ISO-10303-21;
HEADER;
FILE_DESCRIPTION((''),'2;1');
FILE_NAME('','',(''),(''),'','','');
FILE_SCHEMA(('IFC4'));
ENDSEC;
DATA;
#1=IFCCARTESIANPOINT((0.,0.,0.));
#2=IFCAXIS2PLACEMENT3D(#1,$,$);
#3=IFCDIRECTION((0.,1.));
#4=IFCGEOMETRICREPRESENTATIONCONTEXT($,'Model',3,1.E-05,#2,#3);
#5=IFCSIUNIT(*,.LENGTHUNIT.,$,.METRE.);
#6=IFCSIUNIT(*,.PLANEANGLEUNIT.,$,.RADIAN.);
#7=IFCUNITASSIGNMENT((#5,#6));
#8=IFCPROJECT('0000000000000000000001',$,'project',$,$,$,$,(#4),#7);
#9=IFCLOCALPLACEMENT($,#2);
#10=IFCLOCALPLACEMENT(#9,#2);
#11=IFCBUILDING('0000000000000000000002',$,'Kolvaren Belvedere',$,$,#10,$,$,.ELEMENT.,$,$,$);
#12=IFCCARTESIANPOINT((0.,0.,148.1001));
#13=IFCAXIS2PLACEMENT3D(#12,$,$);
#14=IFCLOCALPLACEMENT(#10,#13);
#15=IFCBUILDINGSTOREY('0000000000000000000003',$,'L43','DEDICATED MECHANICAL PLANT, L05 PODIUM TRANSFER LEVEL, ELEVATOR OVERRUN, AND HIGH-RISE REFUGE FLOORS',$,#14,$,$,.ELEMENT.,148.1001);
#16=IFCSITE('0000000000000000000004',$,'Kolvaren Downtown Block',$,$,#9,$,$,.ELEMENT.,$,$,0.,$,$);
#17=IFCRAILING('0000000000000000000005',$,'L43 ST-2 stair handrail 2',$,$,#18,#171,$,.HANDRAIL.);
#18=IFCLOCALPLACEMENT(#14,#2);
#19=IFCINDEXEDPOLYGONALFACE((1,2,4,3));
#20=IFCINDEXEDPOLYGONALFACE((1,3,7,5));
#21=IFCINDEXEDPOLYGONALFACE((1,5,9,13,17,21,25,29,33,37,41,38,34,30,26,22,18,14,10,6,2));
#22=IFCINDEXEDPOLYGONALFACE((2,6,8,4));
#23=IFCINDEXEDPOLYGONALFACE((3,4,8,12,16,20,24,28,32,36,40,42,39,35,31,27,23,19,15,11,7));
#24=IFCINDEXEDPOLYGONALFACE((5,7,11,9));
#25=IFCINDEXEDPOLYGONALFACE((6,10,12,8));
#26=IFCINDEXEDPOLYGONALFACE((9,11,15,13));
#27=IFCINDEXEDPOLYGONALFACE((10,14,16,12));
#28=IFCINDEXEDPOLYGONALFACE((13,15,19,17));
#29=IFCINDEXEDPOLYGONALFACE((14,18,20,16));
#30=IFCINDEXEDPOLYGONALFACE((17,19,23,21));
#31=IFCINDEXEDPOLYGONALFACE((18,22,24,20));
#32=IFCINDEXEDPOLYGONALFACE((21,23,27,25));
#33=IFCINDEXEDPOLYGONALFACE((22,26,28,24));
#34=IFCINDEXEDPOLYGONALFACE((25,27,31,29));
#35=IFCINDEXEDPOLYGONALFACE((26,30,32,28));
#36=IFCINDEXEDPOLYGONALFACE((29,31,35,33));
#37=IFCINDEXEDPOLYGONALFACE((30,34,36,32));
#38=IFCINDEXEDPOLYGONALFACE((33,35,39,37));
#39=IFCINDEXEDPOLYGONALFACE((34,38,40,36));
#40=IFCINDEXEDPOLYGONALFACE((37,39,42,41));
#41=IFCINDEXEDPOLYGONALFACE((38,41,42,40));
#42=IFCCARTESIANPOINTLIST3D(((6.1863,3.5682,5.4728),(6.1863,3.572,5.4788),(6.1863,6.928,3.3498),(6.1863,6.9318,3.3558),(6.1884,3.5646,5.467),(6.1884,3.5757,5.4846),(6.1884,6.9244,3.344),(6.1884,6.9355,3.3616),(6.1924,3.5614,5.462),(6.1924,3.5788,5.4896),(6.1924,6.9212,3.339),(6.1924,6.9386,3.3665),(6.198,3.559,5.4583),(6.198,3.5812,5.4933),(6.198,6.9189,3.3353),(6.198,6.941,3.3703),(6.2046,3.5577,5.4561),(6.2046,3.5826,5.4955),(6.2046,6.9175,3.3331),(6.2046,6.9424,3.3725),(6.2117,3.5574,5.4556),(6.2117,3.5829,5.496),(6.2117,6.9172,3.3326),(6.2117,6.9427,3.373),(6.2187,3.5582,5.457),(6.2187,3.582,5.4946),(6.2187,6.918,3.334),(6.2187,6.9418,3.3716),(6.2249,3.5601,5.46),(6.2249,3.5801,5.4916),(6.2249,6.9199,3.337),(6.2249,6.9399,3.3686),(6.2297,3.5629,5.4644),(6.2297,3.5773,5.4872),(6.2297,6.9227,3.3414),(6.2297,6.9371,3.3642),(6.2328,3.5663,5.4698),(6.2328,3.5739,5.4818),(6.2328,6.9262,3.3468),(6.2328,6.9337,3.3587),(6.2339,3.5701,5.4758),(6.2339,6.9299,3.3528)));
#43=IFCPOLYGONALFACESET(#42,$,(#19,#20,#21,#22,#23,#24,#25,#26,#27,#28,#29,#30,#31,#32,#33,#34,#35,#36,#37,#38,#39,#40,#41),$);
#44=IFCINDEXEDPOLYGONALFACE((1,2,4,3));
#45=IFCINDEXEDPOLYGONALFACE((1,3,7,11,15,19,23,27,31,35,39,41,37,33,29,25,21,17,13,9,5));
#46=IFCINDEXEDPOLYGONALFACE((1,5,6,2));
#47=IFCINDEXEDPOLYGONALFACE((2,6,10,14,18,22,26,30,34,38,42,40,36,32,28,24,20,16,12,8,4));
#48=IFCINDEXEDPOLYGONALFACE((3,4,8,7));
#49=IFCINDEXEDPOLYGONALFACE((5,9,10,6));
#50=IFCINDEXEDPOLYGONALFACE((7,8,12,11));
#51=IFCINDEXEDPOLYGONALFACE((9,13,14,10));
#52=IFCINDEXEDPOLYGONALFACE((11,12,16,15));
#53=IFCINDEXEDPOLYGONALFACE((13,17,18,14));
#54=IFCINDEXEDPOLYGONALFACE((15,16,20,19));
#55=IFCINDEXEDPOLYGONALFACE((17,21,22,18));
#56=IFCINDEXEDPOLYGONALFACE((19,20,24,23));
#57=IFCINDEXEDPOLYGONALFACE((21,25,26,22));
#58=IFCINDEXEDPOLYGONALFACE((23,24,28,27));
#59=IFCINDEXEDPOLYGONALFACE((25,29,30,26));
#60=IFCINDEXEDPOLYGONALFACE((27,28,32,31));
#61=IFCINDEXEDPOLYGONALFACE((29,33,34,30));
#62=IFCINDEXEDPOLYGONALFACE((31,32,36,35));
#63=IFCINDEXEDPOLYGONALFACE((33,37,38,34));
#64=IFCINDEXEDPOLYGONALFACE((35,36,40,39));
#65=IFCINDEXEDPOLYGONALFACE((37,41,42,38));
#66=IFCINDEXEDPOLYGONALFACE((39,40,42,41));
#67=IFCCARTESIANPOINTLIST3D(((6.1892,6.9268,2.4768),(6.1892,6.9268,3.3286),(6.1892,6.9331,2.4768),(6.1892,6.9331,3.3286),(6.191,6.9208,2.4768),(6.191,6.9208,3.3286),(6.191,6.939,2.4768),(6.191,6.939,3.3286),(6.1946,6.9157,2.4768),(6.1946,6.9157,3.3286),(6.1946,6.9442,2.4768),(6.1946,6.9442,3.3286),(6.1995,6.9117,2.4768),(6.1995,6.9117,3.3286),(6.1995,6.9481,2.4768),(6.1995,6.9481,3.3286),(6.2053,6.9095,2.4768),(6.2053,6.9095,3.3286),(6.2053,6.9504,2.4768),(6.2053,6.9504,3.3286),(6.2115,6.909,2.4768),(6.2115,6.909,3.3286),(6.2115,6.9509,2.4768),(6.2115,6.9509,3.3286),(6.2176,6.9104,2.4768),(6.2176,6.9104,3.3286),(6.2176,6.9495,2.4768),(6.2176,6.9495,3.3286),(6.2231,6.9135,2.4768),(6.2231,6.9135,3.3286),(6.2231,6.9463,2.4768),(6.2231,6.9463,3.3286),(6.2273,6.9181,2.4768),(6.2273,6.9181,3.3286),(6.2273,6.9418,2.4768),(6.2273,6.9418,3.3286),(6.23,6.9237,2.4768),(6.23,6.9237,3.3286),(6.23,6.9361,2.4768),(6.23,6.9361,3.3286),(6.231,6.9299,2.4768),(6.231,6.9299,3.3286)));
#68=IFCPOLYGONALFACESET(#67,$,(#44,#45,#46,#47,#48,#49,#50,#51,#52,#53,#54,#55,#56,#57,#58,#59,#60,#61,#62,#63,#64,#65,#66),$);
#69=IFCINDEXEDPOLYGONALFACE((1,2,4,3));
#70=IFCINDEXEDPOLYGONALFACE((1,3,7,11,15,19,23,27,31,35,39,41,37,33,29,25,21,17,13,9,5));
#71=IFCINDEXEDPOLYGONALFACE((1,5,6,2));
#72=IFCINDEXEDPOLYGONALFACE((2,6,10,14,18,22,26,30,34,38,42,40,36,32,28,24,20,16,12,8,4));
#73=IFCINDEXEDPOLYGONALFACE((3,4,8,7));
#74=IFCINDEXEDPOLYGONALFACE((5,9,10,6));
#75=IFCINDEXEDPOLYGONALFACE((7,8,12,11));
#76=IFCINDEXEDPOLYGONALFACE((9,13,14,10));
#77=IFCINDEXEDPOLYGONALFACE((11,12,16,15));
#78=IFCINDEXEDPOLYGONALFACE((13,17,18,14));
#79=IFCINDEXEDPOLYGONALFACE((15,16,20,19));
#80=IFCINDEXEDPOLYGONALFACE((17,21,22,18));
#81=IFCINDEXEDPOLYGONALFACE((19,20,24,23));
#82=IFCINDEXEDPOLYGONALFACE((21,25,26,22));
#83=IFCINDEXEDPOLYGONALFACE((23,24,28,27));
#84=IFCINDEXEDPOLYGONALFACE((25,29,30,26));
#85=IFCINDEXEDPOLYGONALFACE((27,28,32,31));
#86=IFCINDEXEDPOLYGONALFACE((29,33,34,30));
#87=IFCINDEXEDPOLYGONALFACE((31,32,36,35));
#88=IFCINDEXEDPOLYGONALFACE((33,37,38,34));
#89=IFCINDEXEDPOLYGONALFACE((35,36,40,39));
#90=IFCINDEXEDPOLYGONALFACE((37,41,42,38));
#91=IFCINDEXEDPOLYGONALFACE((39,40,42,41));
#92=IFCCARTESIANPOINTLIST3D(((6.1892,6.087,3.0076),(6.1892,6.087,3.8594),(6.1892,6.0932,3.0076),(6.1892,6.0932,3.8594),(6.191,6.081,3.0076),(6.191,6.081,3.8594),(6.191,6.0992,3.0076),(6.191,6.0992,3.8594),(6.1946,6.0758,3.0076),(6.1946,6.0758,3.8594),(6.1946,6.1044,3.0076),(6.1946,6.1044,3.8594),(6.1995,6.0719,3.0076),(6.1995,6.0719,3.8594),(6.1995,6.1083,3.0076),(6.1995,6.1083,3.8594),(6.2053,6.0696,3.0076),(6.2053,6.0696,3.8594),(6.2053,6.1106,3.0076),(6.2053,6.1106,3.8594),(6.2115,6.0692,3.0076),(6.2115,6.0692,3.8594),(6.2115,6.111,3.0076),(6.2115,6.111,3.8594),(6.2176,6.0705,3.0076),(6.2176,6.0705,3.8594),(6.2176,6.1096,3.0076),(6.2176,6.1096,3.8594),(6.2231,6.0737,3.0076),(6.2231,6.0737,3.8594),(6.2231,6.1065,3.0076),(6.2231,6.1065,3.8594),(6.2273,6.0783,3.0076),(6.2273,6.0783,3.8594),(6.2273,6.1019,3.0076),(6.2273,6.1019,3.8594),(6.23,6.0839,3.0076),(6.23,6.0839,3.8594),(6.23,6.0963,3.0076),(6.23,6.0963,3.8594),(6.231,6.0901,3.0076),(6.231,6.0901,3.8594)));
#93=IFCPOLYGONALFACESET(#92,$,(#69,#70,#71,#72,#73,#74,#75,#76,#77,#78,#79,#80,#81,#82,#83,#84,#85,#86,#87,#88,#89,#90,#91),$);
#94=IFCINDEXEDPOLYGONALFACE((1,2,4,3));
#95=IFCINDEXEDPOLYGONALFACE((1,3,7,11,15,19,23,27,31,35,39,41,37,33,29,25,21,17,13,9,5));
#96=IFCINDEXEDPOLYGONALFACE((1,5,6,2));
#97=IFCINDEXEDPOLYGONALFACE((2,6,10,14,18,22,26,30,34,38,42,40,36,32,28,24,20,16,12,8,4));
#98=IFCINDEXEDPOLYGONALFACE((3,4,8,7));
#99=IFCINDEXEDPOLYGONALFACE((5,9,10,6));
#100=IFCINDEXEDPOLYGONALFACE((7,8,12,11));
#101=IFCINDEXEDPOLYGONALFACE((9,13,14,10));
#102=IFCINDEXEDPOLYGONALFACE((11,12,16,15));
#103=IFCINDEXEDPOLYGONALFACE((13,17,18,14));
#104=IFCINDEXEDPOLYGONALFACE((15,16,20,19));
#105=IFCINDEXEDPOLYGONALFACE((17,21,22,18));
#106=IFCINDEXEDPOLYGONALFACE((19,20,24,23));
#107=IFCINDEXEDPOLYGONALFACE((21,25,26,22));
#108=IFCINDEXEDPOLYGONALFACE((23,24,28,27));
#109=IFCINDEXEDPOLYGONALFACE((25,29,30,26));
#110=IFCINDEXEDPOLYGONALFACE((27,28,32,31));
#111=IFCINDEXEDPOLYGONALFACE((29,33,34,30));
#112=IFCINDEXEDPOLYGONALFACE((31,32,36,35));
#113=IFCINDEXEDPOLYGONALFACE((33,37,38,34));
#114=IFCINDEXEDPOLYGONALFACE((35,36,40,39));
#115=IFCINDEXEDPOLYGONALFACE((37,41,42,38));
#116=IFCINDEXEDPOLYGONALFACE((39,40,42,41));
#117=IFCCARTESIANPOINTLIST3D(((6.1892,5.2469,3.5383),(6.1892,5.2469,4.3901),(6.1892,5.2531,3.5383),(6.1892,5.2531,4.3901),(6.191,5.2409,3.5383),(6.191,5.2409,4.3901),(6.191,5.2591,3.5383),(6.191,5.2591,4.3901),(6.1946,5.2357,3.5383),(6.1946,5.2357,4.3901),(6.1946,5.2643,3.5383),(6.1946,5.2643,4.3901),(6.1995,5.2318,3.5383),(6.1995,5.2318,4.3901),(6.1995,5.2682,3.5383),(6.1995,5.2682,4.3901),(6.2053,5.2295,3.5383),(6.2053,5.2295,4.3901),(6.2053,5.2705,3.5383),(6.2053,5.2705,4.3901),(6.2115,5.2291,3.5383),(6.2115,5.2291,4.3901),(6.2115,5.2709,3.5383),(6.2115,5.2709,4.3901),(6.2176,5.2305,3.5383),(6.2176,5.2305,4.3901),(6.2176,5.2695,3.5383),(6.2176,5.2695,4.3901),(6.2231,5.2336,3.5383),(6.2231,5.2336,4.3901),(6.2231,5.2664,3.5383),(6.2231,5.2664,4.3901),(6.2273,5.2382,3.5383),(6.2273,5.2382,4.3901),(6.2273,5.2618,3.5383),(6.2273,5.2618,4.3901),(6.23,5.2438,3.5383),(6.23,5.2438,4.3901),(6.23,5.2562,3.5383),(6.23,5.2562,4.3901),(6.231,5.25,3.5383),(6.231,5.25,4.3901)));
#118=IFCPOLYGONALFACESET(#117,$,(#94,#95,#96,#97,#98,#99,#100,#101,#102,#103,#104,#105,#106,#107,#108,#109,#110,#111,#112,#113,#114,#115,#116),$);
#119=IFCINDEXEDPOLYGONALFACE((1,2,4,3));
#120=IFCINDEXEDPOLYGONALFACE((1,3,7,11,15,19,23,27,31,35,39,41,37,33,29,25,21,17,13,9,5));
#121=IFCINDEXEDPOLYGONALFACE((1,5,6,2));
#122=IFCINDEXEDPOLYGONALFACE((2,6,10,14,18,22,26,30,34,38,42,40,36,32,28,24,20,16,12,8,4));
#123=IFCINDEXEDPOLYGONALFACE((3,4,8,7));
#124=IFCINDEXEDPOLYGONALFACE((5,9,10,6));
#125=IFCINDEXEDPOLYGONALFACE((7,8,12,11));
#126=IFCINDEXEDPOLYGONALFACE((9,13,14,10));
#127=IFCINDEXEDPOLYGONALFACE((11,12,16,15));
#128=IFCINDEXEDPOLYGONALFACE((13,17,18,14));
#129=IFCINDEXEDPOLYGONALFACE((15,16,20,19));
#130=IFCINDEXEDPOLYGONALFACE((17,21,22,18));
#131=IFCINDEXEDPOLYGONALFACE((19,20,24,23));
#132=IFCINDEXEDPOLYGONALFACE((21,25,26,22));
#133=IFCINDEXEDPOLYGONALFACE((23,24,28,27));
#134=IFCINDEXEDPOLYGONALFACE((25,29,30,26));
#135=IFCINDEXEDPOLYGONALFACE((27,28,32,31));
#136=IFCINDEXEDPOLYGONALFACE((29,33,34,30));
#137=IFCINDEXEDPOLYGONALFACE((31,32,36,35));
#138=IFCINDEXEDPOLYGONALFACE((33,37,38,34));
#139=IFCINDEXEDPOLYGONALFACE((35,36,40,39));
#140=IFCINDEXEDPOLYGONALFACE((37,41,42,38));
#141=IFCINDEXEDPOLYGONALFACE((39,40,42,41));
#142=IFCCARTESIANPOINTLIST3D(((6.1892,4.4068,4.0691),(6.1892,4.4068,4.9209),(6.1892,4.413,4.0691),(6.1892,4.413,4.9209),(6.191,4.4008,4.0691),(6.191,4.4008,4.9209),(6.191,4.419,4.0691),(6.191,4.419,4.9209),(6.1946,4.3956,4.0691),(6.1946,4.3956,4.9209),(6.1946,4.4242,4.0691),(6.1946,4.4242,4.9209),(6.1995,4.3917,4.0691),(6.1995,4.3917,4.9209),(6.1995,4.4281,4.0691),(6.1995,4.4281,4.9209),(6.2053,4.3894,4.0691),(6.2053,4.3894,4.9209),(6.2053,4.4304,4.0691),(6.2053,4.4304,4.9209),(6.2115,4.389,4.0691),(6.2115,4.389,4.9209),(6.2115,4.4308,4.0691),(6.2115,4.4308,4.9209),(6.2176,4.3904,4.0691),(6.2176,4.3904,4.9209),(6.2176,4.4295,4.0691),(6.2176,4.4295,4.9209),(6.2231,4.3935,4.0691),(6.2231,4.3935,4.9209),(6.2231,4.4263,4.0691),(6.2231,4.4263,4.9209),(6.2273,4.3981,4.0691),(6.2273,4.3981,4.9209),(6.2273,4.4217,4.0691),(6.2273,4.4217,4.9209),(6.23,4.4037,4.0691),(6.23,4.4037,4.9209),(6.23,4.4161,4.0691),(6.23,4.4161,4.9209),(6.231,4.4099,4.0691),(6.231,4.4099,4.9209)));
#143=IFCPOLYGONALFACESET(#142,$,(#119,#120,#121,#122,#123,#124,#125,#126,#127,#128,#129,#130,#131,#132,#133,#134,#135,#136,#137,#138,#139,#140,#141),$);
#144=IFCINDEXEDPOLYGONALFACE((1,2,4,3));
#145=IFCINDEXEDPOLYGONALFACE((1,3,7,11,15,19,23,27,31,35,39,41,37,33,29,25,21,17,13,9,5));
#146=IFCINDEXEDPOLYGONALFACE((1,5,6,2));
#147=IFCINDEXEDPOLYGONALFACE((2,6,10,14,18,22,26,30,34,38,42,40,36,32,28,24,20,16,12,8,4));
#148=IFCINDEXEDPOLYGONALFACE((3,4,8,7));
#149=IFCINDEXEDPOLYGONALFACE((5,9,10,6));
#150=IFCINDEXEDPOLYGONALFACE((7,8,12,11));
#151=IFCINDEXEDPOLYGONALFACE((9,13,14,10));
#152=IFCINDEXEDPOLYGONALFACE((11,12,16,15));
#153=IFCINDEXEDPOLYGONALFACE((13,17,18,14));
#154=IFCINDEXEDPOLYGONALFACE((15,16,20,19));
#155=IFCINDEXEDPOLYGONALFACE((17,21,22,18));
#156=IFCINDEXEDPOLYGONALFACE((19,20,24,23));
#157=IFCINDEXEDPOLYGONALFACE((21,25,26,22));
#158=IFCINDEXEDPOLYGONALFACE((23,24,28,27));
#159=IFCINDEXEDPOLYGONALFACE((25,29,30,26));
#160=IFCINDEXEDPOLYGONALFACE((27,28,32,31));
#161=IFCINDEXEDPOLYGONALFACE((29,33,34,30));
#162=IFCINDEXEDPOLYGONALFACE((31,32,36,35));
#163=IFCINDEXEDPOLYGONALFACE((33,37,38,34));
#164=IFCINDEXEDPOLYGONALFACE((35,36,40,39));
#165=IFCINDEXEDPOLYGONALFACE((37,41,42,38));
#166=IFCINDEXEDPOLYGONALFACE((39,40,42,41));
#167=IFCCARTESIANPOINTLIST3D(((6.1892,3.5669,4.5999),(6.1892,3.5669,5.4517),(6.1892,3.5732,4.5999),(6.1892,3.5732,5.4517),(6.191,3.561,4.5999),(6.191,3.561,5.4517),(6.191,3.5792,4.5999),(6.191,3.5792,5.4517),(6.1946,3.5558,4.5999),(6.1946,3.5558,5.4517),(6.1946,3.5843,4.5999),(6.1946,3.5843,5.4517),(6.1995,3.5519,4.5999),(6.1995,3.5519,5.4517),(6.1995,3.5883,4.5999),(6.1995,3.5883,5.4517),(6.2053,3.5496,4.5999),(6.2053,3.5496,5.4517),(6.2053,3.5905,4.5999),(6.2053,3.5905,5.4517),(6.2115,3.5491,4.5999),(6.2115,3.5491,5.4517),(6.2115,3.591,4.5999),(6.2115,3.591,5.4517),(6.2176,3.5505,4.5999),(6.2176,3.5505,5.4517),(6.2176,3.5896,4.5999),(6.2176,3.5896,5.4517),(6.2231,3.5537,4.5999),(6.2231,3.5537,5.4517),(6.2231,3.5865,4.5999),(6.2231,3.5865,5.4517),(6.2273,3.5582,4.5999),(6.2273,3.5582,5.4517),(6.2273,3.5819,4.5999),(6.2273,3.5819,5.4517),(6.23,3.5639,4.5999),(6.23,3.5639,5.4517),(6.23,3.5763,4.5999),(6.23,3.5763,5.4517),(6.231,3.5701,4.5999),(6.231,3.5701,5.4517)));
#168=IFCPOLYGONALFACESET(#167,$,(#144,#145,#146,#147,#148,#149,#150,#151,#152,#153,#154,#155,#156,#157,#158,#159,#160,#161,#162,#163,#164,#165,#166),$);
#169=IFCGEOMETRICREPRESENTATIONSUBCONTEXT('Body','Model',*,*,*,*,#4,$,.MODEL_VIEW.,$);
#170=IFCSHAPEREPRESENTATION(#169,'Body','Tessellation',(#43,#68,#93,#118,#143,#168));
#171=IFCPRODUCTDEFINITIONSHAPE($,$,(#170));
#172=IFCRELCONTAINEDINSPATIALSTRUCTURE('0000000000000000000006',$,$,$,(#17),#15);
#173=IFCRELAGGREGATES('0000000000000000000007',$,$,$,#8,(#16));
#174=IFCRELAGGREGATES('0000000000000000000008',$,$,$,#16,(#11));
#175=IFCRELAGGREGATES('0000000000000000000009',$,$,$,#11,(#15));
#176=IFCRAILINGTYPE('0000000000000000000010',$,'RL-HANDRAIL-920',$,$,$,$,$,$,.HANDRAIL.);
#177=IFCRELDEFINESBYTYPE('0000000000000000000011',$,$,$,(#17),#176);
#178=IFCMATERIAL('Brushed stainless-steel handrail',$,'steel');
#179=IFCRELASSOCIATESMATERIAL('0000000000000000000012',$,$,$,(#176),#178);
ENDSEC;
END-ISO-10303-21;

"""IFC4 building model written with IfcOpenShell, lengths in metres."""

from ifc_helpers import new_model, si_unit, direction, frame, origin, origin_2d, place, context, subcontext, project, spatial, circle, extrude, material, type_object, element, save


model = new_model("IFC4")

# Units and contexts
model_context = context("Model", 3, precision=1e-05, world=origin(), true_north=direction((0.0, 1.0)))
body_context = subcontext(model_context, "Body", "Model", "MODEL_VIEW")
ifc_project = project(units=[si_unit("LENGTHUNIT", "METRE"), si_unit("PLANEANGLEUNIT", "RADIAN")], contexts=[model_context])

# Site, building, storey
site_placement = place(None, origin())
site = spatial("IfcSite", under=ifc_project, at=site_placement, Name="Kolvaren Downtown Block", CompositionType="ELEMENT", RefElevation=0.0)
building_placement = place(site_placement, origin())
building = spatial("IfcBuilding", under=site, at=building_placement, Name="Kolvaren Belvedere", CompositionType="ELEMENT")
storey_placement = place(building_placement, frame((0.0, 0.0, 148.1001)))
storey = spatial("IfcBuildingStorey", under=building, at=storey_placement, Name="L43", Description="DEDICATED MECHANICAL PLANT, L05 PODIUM TRANSFER LEVEL, ELEVATOR OVERRUN, AND HIGH-RISE REFUGE FLOORS", CompositionType="ELEMENT", Elevation=148.1001)

# Railing
ifc_material_1 = material(Name="Brushed stainless-steel handrail", Category="steel")
railing_type_1 = type_object("IfcRailingType", Name="RL-HANDRAIL-920", PredefinedType="HANDRAIL", material=ifc_material_1)
railing_1_placement = place(storey_placement, frame((6.21, 6.9299, 2.4768)))
element("IfcRailing", 1, at=railing_1_placement, inside=storey, type_object=railing_type_1, Name="L43 ST-2 stair handrail 2", PredefinedType="HANDRAIL", context=body_context, shape_type="SweptSolid", body=[
    extrude(circle(Radius=0.0239, at=origin_2d()), frame((0.0, 0.0, 0.876), z_axis=(0.0, -0.845372, 0.534178), x_axis=(1.0, 0.0, 0.0)), (0.0, 0.0, 1.0), 3.9744),
    extrude(circle(Radius=0.021, at=origin_2d()), origin(), (0.0, 0.0, 1.0), 0.8518),
    extrude(circle(Radius=0.021, at=origin_2d()), frame((0.0, -0.8398, 0.5308)), (0.0, 0.0, 1.0), 0.8518),
    extrude(circle(Radius=0.021, at=origin_2d()), frame((0.0, -1.6799, 1.0615)), (0.0, 0.0, 1.0), 0.8518),
    extrude(circle(Radius=0.021, at=origin_2d()), frame((0.0, -2.52, 1.5923)), (0.0, 0.0, 1.0), 0.8518),
    extrude(circle(Radius=0.021, at=origin_2d()), frame((0.0, -3.3599, 2.123)), (0.0, 0.0, 1.0), 0.8518),
])

save(model, "model.ifc")
